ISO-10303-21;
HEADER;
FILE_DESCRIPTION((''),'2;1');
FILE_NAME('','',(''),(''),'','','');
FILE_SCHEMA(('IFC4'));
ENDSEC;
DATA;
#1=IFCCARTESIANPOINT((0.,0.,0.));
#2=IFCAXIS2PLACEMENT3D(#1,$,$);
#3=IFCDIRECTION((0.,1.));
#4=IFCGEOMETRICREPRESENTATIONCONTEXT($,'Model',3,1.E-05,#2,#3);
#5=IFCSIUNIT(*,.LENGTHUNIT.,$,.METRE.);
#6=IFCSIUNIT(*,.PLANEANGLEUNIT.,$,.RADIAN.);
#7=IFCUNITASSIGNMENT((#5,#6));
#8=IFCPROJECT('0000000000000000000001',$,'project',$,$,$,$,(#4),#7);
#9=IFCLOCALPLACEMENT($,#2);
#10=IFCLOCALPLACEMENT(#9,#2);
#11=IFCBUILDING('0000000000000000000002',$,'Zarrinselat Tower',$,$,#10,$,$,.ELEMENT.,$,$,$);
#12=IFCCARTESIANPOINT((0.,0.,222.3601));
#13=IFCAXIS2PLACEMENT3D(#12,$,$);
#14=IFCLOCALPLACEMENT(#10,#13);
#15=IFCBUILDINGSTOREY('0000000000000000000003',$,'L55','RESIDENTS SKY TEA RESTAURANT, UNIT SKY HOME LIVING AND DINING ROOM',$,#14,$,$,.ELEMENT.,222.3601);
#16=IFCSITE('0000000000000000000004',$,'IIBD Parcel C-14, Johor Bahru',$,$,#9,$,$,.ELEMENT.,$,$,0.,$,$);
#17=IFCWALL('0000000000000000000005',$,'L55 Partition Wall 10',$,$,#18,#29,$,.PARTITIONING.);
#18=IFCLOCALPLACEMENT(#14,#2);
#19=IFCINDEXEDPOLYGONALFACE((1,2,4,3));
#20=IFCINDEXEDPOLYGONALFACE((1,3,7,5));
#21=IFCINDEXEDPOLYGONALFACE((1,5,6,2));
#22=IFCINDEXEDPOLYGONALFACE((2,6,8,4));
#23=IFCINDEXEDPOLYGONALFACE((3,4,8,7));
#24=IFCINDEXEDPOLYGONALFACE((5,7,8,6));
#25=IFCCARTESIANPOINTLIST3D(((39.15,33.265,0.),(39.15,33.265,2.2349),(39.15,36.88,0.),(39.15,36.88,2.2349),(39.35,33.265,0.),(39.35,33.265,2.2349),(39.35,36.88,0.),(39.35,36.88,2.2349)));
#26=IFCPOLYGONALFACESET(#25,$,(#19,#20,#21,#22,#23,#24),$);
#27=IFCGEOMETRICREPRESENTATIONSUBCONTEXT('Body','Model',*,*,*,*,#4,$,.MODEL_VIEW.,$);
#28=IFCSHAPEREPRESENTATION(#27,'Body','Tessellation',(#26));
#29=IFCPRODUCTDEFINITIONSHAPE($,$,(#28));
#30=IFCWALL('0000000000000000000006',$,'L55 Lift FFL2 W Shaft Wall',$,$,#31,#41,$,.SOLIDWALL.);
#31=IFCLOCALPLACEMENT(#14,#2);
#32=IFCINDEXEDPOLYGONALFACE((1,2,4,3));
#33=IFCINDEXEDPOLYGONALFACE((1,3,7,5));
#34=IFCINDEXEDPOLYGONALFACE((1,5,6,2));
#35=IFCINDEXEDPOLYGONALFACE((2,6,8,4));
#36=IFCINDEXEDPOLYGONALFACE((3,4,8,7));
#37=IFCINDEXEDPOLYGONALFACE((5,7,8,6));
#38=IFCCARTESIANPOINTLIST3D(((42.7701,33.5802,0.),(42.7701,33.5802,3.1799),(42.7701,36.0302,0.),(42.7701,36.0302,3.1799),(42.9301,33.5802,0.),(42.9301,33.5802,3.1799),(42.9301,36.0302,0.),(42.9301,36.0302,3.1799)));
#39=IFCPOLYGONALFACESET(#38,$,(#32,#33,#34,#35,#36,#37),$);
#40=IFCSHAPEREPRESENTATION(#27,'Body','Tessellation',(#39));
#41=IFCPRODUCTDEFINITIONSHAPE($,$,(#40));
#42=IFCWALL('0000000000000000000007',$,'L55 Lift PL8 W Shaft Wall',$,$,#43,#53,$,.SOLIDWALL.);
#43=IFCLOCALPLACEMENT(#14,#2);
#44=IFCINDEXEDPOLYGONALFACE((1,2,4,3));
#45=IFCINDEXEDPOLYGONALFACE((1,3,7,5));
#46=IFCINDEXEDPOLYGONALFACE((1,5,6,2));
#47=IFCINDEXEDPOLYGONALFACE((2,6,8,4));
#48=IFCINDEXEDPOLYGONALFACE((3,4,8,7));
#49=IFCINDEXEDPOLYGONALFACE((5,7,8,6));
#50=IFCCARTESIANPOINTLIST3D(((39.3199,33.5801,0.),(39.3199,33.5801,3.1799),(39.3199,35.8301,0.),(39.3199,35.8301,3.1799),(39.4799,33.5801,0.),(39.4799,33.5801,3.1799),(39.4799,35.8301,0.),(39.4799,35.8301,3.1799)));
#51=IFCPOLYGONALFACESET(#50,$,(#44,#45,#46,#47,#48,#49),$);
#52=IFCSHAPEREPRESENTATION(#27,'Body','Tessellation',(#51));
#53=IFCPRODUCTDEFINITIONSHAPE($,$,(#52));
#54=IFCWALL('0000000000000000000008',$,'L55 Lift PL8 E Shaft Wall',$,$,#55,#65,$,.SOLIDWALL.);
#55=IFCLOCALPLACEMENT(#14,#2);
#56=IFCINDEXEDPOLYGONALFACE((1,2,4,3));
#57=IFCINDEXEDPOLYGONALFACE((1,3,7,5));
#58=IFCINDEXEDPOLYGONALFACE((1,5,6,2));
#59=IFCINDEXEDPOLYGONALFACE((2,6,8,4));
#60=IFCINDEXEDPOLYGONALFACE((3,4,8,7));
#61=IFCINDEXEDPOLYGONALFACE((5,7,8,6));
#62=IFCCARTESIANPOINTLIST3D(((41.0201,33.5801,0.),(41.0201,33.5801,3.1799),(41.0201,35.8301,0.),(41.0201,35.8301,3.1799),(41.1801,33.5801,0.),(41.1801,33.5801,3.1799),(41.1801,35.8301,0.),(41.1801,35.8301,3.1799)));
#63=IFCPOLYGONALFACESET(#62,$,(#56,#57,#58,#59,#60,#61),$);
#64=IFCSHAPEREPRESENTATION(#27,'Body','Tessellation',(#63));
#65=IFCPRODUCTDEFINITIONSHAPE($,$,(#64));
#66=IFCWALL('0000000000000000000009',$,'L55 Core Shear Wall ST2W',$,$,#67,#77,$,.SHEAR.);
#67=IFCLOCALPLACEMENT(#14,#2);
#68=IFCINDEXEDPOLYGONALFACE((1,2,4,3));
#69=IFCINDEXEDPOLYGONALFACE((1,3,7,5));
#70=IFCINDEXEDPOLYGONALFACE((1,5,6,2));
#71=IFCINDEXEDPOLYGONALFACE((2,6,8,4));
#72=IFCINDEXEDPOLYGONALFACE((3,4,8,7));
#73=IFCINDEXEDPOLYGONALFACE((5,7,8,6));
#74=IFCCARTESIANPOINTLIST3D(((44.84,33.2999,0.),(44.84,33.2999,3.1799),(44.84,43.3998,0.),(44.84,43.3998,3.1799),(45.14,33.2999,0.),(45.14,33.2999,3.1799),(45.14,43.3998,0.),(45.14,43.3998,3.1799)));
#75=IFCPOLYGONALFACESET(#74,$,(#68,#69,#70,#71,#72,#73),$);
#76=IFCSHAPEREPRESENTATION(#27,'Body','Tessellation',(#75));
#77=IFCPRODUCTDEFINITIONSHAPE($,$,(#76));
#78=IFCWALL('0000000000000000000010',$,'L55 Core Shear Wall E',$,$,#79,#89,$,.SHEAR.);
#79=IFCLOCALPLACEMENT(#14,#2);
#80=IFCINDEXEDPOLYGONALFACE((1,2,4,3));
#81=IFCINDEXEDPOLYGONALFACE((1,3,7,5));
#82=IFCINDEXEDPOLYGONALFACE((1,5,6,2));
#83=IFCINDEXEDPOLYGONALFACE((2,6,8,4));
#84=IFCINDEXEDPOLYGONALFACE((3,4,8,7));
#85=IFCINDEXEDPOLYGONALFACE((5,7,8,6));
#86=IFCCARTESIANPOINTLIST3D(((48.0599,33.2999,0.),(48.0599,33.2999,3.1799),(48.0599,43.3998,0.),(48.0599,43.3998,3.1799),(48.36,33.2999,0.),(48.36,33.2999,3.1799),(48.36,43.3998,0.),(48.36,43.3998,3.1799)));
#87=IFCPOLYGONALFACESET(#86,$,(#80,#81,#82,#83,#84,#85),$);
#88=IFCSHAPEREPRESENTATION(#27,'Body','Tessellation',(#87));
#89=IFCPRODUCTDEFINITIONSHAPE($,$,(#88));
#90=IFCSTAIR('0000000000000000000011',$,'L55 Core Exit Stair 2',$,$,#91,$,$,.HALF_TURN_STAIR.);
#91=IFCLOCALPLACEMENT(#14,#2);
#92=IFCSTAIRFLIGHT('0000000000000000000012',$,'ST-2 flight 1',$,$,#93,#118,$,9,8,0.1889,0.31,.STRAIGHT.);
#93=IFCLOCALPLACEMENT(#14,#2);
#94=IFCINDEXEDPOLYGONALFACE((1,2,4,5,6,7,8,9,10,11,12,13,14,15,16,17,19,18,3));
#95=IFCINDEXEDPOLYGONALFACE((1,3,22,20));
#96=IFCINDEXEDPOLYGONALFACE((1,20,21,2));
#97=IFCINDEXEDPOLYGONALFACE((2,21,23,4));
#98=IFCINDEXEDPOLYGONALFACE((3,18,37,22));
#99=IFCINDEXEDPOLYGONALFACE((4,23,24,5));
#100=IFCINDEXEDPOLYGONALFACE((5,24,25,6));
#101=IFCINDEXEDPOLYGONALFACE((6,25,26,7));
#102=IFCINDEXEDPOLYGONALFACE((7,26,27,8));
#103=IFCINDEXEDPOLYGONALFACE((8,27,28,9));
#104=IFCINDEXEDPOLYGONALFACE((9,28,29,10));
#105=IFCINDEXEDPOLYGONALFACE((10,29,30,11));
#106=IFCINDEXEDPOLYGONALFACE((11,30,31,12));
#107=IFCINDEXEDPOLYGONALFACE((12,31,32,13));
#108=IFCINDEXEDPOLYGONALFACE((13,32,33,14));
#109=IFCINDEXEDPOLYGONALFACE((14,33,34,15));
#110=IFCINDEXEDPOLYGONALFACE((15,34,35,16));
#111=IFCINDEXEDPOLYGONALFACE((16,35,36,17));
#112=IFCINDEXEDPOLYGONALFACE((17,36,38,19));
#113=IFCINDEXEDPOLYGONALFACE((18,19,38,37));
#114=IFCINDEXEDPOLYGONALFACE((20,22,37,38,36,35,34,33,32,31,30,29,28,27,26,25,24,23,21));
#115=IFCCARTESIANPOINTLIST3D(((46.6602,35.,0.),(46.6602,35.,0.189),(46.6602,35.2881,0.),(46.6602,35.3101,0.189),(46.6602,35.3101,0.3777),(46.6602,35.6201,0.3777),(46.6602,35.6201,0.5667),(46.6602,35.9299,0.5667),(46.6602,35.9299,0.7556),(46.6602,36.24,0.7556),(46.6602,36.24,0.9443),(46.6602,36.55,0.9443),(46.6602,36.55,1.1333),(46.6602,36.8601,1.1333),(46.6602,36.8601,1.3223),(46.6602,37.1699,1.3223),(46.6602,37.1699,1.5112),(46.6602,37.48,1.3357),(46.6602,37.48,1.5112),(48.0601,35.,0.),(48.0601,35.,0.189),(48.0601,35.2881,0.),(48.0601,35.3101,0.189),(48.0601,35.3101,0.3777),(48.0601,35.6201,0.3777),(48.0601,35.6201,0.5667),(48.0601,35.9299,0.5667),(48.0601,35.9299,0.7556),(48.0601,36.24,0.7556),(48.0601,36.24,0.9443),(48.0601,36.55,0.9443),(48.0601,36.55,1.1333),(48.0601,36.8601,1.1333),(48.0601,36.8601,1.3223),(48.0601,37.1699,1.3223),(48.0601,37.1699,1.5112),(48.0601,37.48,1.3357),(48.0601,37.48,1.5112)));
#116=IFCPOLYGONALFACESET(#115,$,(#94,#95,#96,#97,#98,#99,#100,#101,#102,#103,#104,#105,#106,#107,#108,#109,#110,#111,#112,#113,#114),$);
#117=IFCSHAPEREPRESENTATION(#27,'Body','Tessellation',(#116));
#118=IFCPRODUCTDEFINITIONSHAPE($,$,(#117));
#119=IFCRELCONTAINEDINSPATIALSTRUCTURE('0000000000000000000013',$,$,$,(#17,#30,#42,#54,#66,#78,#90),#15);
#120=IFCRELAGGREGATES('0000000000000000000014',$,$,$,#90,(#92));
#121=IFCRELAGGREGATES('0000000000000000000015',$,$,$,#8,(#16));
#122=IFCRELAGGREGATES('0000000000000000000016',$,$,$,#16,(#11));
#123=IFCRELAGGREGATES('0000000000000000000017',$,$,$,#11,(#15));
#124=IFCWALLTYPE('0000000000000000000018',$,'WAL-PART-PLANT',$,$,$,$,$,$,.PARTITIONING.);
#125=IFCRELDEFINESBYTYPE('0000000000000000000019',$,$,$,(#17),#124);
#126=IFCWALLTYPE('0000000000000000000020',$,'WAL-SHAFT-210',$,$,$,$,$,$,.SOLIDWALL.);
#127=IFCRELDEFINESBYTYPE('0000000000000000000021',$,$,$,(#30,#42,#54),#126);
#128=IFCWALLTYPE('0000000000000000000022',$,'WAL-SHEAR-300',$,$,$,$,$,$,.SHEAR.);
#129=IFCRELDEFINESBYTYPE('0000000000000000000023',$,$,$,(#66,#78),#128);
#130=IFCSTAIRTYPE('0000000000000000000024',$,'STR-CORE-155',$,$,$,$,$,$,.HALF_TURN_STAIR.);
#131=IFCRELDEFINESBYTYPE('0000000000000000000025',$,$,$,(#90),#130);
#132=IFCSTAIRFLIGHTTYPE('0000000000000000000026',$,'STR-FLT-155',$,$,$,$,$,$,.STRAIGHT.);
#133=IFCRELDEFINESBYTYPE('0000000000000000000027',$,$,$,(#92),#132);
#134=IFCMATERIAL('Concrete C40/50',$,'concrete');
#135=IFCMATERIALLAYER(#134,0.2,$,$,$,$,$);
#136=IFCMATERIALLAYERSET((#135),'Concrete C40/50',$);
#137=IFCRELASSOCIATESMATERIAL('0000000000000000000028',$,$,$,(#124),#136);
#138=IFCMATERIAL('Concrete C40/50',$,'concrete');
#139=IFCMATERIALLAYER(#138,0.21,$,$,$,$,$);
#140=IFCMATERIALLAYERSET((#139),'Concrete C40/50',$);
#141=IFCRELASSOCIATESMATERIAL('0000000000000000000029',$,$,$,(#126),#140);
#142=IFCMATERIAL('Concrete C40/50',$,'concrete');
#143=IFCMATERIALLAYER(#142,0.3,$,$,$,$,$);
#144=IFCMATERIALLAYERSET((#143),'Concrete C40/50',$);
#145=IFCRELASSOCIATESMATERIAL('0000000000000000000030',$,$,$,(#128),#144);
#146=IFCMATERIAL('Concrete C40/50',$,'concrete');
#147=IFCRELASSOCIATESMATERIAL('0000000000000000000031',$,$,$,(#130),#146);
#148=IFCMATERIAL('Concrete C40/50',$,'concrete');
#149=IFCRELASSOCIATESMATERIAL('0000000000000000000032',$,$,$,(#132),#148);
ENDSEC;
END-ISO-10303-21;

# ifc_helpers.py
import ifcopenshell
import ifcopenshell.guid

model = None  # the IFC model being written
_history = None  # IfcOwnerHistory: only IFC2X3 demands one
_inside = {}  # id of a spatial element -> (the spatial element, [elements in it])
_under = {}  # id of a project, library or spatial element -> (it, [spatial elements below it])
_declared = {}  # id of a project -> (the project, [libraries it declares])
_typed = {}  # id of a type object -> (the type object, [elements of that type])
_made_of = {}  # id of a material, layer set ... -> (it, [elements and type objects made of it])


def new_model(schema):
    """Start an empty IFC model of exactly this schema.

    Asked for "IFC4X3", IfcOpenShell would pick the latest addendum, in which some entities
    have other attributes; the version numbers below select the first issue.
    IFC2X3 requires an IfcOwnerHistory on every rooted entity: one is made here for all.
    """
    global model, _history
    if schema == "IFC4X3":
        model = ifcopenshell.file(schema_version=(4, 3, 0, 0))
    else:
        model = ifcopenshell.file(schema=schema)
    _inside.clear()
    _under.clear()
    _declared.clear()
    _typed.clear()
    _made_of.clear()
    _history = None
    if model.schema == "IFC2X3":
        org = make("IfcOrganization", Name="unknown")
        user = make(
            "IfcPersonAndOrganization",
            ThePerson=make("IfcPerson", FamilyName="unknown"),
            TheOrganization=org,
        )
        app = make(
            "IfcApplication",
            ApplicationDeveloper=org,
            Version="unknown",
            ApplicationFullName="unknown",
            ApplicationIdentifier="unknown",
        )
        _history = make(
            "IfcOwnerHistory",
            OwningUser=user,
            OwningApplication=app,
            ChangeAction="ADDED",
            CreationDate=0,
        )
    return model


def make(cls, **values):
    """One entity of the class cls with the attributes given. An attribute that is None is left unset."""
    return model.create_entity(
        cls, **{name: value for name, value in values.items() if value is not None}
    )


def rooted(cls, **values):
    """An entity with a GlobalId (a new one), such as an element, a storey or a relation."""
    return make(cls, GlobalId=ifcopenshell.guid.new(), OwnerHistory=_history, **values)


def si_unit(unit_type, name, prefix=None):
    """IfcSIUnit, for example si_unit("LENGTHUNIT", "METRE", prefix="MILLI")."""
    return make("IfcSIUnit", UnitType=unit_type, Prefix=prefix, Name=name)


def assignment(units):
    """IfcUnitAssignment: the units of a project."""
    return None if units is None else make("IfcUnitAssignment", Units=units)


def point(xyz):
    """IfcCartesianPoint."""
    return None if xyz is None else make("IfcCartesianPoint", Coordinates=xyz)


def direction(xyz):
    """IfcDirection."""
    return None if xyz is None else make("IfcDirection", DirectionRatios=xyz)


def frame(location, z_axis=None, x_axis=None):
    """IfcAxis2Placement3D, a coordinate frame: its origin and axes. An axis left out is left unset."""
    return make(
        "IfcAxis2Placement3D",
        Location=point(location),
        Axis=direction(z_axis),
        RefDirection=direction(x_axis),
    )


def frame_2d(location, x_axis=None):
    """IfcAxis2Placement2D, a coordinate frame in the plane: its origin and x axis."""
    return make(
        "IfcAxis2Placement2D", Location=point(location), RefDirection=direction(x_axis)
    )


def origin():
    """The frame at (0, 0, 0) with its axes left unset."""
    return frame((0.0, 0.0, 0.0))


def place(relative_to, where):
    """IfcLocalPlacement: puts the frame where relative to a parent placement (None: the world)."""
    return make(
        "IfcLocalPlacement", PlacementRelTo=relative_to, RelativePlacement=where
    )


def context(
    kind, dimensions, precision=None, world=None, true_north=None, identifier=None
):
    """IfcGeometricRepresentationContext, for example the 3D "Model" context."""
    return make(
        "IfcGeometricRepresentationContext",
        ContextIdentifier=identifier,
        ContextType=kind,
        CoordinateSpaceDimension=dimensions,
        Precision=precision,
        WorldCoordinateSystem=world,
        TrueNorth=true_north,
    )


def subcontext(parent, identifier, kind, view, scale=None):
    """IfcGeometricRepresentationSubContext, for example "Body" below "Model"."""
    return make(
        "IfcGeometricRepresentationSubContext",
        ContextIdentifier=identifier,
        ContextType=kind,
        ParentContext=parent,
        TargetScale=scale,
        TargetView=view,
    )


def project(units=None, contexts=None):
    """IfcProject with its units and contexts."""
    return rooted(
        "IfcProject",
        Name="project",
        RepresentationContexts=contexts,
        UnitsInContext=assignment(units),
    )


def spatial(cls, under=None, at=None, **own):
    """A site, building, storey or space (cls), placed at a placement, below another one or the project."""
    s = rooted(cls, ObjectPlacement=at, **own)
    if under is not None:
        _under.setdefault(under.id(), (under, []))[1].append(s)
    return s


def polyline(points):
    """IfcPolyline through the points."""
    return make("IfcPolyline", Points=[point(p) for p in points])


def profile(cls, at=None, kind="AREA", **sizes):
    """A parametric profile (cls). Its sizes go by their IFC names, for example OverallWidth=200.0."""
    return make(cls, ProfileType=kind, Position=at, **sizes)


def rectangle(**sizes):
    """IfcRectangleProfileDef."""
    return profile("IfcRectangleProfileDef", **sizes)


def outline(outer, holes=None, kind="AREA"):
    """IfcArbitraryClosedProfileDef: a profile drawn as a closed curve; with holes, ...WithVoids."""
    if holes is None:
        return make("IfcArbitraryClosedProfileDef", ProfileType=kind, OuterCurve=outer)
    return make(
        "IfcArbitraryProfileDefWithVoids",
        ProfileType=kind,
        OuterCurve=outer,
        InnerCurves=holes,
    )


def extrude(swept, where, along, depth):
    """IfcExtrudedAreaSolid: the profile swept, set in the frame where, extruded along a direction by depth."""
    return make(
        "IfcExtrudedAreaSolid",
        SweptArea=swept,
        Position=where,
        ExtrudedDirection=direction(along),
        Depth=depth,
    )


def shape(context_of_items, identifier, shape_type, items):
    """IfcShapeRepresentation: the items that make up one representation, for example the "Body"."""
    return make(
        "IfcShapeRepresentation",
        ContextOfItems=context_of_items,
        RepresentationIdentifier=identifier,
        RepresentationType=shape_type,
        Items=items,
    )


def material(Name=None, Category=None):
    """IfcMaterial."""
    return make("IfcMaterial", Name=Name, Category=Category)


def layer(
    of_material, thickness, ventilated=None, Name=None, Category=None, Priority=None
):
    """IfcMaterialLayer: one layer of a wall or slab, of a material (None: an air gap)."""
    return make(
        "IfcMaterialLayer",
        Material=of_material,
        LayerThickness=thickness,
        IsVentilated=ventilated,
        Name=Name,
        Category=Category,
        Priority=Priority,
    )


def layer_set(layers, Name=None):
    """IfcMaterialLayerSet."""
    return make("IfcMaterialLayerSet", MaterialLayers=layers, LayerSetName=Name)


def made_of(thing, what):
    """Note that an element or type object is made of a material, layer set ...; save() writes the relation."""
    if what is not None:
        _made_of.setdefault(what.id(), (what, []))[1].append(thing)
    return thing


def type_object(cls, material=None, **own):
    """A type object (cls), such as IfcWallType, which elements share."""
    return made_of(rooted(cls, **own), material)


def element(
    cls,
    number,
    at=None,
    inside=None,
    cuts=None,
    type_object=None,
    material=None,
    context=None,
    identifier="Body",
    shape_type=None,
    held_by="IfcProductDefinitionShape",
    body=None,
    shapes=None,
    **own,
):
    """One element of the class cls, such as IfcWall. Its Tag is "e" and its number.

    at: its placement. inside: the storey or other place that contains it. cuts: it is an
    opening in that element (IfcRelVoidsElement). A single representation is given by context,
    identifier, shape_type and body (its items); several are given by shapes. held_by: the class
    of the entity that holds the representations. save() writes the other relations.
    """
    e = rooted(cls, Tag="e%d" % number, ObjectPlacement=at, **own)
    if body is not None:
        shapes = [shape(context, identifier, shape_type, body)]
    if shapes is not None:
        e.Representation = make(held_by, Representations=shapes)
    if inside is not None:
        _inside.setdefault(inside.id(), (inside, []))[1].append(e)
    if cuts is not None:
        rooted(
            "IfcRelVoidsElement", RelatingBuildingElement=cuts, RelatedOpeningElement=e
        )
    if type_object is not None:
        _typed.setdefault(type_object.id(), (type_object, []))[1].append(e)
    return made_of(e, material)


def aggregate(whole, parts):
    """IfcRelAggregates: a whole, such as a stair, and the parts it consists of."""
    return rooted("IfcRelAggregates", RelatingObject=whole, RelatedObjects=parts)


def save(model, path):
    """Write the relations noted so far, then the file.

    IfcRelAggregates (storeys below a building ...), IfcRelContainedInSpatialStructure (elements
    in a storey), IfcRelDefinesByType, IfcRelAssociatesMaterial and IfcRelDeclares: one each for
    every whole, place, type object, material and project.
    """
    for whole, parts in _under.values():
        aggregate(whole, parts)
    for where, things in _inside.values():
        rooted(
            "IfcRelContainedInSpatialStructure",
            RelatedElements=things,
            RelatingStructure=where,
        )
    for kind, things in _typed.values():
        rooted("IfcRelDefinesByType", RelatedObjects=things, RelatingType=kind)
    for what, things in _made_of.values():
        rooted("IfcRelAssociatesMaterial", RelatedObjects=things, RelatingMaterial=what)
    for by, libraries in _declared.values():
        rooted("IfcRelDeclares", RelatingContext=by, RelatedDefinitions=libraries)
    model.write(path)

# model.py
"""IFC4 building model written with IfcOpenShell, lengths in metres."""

from ifc_helpers import new_model, si_unit, direction, frame, frame_2d, origin, place, context, subcontext, project, spatial, polyline, rectangle, outline, extrude, material, layer, layer_set, type_object, element, aggregate, save


model = new_model("IFC4")

# Units and contexts
model_context = context("Model", 3, precision=1e-05, world=origin(), true_north=direction((0.0, 1.0)))
body_context = subcontext(model_context, "Body", "Model", "MODEL_VIEW")
ifc_project = project(units=[si_unit("LENGTHUNIT", "METRE"), si_unit("PLANEANGLEUNIT", "RADIAN")], contexts=[model_context])

# Site, building, storey
site_placement = place(None, origin())
site = spatial("IfcSite", under=ifc_project, at=site_placement, Name="IIBD Parcel C-14, Johor Bahru", CompositionType="ELEMENT", RefElevation=0.0)
building_placement = place(site_placement, origin())
building = spatial("IfcBuilding", under=site, at=building_placement, Name="Zarrinselat Tower", CompositionType="ELEMENT")
storey_placement = place(building_placement, frame((0.0, 0.0, 222.3601)))
storey = spatial("IfcBuildingStorey", under=building, at=storey_placement, Name="L55", Description="RESIDENTS SKY TEA RESTAURANT, UNIT SKY HOME LIVING AND DINING ROOM", CompositionType="ELEMENT", Elevation=222.3601)

# Walls
ifc_material_1 = material(Name="Concrete C40/50", Category="concrete")
ifc_layer_1 = layer(ifc_material_1, 0.2)
ifc_layer_set_1 = layer_set([ifc_layer_1], Name="Concrete C40/50")
wall_type_1 = type_object("IfcWallType", Name="WAL-PART-PLANT", PredefinedType="PARTITIONING", material=ifc_layer_set_1)
wall_1_placement = place(storey_placement, frame((39.25, 33.2649, 0.0), z_axis=(0.0, 0.0, 1.0), x_axis=(0.0, 1.0, 0.0)))
element("IfcWall", 1, at=wall_1_placement, inside=storey, type_object=wall_type_1, Name="L55 Partition Wall 10", PredefinedType="PARTITIONING", context=body_context, shape_type="SweptSolid", body=[
    extrude(rectangle(XDim=3.615, YDim=0.2, at=frame_2d((1.8076, 0.0))), origin(), (0.0, 0.0, 1.0), 2.2349),
])
ifc_material_2 = material(Name="Concrete C40/50", Category="concrete")
ifc_layer_2 = layer(ifc_material_2, 0.21)
ifc_layer_set_2 = layer_set([ifc_layer_2], Name="Concrete C40/50")
wall_type_2 = type_object("IfcWallType", Name="WAL-SHAFT-210", PredefinedType="SOLIDWALL", material=ifc_layer_set_2)
wall_2_placement = place(storey_placement, frame((42.8501, 33.5801, 0.0), z_axis=(0.0, 0.0, 1.0), x_axis=(0.0, 1.0, 0.0)))
element("IfcWall", 2, at=wall_2_placement, inside=storey, type_object=wall_type_2, Name="L55 Lift FFL2 W Shaft Wall", PredefinedType="SOLIDWALL", context=body_context, shape_type="SweptSolid", body=[
    extrude(rectangle(XDim=2.45, YDim=0.1599, at=frame_2d((1.2251, 0.0))), origin(), (0.0, 0.0, 1.0), 3.1799),
])
for number, where, z_axis, x_axis, name in (
    (3, (39.3999, 33.5801, 0.0), (0.0, 0.0, 1.0), (0.0, 1.0, 0.0), "L55 Lift PL8 W Shaft Wall"),
    (4, (41.1001, 33.5801, 0.0), (0.0, 0.0, 1.0), (0.0, 1.0, 0.0), "L55 Lift PL8 E Shaft Wall"),
):
    element("IfcWall", number, at=place(storey_placement, frame(where, z_axis=z_axis, x_axis=x_axis)), inside=storey, type_object=wall_type_2, Name=name, PredefinedType="SOLIDWALL", context=body_context, shape_type="SweptSolid", body=[
        extrude(rectangle(XDim=2.25, YDim=0.1599, at=frame_2d((1.125, 0.0))), origin(), (0.0, 0.0, 1.0), 3.1799),
    ])
ifc_material_3 = material(Name="Concrete C40/50", Category="concrete")
ifc_layer_3 = layer(ifc_material_3, 0.3)
ifc_layer_set_3 = layer_set([ifc_layer_3], Name="Concrete C40/50")
wall_type_3 = type_object("IfcWallType", Name="WAL-SHEAR-300", PredefinedType="SHEAR", material=ifc_layer_set_3)
for number, where, z_axis, x_axis, name in (
    (5, (44.99, 33.3, 0.0), (0.0, 0.0, 1.0), (0.0, 1.0, 0.0), "L55 Core Shear Wall ST2W"),
    (6, (48.21, 33.3, 0.0), (0.0, 0.0, 1.0), (0.0, 1.0, 0.0), "L55 Core Shear Wall E"),
):
    element("IfcWall", number, at=place(storey_placement, frame(where, z_axis=z_axis, x_axis=x_axis)), inside=storey, type_object=wall_type_3, Name=name, PredefinedType="SHEAR", context=body_context, shape_type="SweptSolid", body=[
        extrude(rectangle(XDim=10.0999, YDim=0.3, at=frame_2d((5.0498, 0.0))), origin(), (0.0, 0.0, 1.0), 3.1799),
    ])

# Stair, stair flight
ifc_material_4 = material(Name="Concrete C40/50", Category="concrete")
stair_type = type_object("IfcStairType", Name="STR-CORE-155", PredefinedType="HALF_TURN_STAIR", material=ifc_material_4)
stair_placement = place(storey_placement, origin())
stair = element("IfcStair", 7, at=stair_placement, inside=storey, type_object=stair_type, Name="L55 Core Exit Stair 2", PredefinedType="HALF_TURN_STAIR")
ifc_material_5 = material(Name="Concrete C40/50", Category="concrete")
stair_flight_type = type_object("IfcStairFlightType", Name="STR-FLT-155", PredefinedType="STRAIGHT", material=ifc_material_5)
stair_flight_placement = place(storey_placement, frame((47.3601, 35.0, 0.0), z_axis=(0.0, 0.0, 1.0), x_axis=(0.0, 1.0, 0.0)))
stair_flight = element("IfcStairFlight", 8, at=stair_flight_placement, type_object=stair_flight_type, Name="ST-2 flight 1", NumberOfRisers=9, NumberOfTreads=8, PredefinedType="STRAIGHT", RiserHeight=0.1889, TreadLength=0.31, context=body_context, shape_type="SweptSolid", body=[
    extrude(outline(polyline([(0.0, 0.0), (0.0, 0.189), (0.3101, 0.189), (0.3101, 0.3777), (0.6201, 0.3777), (0.6201, 0.5667), (0.9299, 0.5667), (0.9299, 0.7556), (1.24, 0.7556), (1.24, 0.9443), (1.55, 0.9443), (1.55, 1.1333), (1.8601, 1.1333), (1.8601, 1.3223), (2.1699, 1.3223), (2.1699, 1.5112), (2.48, 1.5112), (2.48, 1.7), (2.48, 1.3357), (0.2881, 0.0), (0.0, 0.0)])), frame((0.0, 0.7, 0.0), z_axis=(0.0, -1.0, 0.0), x_axis=(1.0, 0.0, 0.0)), (0.0, 0.0, 1.0), 1.3999),
])
aggregate(stair, [stair_flight])

save(model, "model.ifc")
